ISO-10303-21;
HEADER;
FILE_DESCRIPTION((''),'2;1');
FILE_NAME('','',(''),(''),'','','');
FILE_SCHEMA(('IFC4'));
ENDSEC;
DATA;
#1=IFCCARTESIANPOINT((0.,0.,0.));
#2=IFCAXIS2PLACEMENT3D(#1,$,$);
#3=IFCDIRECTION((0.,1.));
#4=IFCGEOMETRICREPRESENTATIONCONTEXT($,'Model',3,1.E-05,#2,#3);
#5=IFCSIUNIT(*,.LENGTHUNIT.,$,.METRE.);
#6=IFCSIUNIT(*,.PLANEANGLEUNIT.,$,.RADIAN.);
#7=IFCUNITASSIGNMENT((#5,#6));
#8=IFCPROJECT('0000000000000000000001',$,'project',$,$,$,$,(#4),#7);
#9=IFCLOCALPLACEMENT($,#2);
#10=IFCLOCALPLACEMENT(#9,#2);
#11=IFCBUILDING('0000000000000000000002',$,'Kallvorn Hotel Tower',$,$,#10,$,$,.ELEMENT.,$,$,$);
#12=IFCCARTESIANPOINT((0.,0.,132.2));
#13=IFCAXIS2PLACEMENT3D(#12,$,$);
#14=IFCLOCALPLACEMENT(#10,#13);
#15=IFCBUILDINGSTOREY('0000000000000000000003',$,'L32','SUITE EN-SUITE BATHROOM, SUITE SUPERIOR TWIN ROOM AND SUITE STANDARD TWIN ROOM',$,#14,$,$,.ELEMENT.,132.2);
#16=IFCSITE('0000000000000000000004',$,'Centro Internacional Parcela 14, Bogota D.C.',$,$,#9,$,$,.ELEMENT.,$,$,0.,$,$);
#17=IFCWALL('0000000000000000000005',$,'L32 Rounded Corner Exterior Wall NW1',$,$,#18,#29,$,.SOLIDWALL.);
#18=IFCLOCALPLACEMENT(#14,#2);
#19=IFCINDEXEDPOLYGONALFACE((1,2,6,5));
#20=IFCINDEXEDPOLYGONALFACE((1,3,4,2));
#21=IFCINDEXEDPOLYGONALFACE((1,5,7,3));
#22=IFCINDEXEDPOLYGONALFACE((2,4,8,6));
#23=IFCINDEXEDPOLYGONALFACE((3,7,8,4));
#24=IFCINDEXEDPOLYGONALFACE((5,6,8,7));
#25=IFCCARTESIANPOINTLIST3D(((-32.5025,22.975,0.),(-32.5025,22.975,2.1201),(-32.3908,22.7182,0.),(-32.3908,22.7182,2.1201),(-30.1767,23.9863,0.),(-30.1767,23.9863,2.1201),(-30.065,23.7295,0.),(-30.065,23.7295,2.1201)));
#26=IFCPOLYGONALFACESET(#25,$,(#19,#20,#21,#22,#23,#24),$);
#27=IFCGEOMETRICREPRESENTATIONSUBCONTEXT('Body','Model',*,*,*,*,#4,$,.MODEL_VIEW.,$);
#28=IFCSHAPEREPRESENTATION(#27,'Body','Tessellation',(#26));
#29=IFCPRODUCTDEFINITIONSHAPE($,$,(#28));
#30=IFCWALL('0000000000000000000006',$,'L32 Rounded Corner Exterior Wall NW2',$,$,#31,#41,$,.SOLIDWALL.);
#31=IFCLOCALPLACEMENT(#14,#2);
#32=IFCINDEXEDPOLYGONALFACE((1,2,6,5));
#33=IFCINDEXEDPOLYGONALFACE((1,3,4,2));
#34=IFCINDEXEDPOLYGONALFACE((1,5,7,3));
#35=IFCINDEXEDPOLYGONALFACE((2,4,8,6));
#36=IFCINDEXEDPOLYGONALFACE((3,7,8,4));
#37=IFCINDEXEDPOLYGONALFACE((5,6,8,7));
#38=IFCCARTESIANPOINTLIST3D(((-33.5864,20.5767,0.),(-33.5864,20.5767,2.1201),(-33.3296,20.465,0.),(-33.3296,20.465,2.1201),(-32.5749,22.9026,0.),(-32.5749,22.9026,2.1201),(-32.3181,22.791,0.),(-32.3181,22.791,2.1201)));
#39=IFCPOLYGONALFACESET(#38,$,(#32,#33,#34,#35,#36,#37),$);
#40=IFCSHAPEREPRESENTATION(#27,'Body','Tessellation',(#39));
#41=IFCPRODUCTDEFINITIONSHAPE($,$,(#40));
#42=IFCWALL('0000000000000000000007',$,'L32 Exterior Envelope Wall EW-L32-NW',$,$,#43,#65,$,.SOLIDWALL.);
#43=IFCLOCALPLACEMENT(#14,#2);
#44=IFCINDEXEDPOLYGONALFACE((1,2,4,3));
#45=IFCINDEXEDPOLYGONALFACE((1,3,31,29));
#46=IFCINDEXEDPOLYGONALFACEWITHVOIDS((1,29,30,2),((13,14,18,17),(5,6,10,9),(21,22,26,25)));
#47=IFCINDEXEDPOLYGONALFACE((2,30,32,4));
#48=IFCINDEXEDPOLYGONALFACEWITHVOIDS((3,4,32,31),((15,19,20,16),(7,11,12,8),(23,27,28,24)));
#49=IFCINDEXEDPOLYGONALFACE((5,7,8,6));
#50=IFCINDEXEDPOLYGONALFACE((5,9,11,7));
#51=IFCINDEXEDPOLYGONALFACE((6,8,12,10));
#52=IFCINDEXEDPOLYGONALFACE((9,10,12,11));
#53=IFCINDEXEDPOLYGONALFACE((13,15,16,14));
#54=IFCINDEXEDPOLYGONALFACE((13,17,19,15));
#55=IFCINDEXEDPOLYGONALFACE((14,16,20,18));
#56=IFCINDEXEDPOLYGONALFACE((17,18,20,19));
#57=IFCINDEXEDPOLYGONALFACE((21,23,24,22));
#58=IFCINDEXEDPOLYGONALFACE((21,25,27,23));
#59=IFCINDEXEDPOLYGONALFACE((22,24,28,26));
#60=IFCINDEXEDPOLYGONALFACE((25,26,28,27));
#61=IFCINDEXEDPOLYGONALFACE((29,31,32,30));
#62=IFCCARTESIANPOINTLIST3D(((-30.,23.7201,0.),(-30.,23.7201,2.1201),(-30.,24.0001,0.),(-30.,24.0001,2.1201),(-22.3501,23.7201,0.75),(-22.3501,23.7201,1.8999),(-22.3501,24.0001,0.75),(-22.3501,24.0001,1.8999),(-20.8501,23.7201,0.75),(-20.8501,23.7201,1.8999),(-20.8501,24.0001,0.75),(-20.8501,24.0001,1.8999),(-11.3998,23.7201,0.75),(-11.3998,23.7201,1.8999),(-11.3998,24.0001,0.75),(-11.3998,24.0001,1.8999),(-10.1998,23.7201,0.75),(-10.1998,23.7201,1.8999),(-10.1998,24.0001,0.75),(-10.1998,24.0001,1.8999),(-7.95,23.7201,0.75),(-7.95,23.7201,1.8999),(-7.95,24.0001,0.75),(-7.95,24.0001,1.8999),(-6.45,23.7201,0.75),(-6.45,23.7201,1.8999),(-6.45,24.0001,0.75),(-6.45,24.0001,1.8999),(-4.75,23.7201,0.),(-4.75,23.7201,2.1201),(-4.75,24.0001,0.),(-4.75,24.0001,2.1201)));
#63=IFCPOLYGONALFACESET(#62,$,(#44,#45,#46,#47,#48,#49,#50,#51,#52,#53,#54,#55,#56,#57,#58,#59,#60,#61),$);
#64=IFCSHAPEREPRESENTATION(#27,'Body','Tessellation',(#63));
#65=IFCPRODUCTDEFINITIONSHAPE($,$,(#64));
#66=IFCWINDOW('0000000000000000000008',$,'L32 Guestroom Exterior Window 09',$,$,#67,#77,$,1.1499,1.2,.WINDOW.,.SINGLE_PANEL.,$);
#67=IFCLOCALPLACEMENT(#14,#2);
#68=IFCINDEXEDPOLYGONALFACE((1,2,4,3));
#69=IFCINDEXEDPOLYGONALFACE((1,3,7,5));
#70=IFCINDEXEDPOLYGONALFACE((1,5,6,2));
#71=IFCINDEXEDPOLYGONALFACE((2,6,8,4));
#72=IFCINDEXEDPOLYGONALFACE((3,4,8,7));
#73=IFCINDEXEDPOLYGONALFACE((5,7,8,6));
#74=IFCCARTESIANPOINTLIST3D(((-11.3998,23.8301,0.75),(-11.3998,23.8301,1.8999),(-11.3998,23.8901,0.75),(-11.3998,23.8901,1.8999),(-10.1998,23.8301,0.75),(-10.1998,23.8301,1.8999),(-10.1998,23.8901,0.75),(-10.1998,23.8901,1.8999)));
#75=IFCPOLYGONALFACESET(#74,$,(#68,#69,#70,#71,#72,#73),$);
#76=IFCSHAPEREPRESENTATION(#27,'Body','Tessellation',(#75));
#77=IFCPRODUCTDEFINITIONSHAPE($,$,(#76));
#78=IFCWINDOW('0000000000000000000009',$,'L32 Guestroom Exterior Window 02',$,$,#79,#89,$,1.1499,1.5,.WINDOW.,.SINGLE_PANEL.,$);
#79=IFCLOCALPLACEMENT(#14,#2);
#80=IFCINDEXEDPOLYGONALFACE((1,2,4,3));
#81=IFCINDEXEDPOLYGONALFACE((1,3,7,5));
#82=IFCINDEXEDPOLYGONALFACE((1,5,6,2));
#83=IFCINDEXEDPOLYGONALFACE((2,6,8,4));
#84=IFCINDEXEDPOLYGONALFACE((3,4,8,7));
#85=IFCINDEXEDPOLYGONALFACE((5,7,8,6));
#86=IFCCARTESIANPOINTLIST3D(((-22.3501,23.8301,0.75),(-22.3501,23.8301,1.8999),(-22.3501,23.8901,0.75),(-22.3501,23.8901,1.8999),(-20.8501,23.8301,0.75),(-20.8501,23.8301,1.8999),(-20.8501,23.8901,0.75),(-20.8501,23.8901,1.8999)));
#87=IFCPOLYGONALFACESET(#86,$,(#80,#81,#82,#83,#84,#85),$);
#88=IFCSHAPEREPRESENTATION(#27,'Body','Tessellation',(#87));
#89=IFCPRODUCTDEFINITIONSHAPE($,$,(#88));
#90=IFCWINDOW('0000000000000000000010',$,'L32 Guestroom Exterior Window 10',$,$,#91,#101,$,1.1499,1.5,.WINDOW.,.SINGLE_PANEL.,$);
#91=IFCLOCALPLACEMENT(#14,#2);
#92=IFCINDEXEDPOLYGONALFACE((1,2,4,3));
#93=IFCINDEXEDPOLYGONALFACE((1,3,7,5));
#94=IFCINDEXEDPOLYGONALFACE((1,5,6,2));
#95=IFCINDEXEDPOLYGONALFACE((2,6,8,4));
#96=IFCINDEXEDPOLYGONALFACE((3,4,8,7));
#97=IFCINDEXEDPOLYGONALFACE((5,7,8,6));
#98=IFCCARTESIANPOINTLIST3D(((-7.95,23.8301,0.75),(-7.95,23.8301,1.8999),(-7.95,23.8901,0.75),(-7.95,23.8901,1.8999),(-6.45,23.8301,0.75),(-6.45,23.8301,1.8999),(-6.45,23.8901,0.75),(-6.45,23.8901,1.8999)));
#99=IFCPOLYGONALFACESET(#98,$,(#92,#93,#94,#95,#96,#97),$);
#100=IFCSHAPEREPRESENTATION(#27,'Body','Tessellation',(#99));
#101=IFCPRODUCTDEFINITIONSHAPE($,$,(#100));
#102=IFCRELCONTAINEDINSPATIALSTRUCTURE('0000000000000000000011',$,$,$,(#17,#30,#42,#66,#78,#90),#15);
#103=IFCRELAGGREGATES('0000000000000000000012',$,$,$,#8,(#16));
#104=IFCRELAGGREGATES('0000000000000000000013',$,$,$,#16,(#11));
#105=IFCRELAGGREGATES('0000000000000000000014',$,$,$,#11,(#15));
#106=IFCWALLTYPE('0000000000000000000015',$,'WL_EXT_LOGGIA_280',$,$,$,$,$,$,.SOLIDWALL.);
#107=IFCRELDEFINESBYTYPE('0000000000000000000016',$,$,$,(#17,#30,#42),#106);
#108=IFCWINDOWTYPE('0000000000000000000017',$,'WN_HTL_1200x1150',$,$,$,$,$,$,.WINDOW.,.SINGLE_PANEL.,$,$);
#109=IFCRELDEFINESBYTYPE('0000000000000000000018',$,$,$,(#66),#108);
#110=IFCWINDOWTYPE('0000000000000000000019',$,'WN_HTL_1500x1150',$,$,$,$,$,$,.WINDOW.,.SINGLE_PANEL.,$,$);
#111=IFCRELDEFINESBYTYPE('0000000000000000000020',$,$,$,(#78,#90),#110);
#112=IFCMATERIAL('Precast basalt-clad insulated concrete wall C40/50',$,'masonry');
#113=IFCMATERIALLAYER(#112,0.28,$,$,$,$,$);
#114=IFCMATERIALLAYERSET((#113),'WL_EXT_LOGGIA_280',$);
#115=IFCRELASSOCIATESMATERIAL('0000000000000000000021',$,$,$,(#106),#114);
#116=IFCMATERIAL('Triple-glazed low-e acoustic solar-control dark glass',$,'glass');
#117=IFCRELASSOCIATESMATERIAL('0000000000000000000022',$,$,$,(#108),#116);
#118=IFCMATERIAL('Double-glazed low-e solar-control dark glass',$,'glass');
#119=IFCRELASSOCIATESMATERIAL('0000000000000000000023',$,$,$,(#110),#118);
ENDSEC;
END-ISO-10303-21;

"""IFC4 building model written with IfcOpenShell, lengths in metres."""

from ifc_helpers import new_model, si_unit, direction, frame, frame_2d, origin, place, context, subcontext, project, spatial, rectangle, extrude, material, layer, layer_set, type_object, element, fill, save


model = new_model("IFC4")

# Units and contexts
model_context = context("Model", 3, precision=1e-05, world=origin(), true_north=direction((0.0, 1.0)))
body_context = subcontext(model_context, "Body", "Model", "MODEL_VIEW")
ifc_project = project(units=[si_unit("LENGTHUNIT", "METRE"), si_unit("PLANEANGLEUNIT", "RADIAN")], contexts=[model_context])

# Site, building, storey
site_placement = place(None, origin())
site = spatial("IfcSite", under=ifc_project, at=site_placement, Name="Centro Internacional Parcela 14, Bogota D.C.", CompositionType="ELEMENT", RefElevation=0.0)
building_placement = place(site_placement, origin())
building = spatial("IfcBuilding", under=site, at=building_placement, Name="Kallvorn Hotel Tower", CompositionType="ELEMENT")
storey_placement = place(building_placement, frame((0.0, 0.0, 132.2)))
storey = spatial("IfcBuildingStorey", under=building, at=storey_placement, Name="L32", Description="SUITE EN-SUITE BATHROOM, SUITE SUPERIOR TWIN ROOM AND SUITE STANDARD TWIN ROOM", CompositionType="ELEMENT", Elevation=132.2)

# Walls
ifc_material_1 = material(Name="Precast basalt-clad insulated concrete wall C40/50", Category="masonry")
ifc_layer_1 = layer(ifc_material_1, 0.28)
ifc_layer_set_1 = layer_set([ifc_layer_1], Name="WL_EXT_LOGGIA_280")
wall_type = type_object("IfcWallType", Name="WL_EXT_LOGGIA_280", PredefinedType="SOLIDWALL", material=ifc_layer_set_1)
wall_1_placement = place(storey_placement, frame((-30.1208, 23.8579, 0.0), z_axis=(0.0, 0.0, 1.0), x_axis=(-0.917061, -0.398747, 0.0)))
element("IfcWall", 1, at=wall_1_placement, inside=storey, type_object=wall_type, Name="L32 Rounded Corner Exterior Wall NW1", PredefinedType="SOLIDWALL", context=body_context, shape_type="SweptSolid", body=[
    extrude(rectangle(XDim=2.5361, YDim=0.28, at=frame_2d((1.2681, 0.0))), origin(), (0.0, 0.0, 1.0), 2.1201),
])
wall_2_placement = place(storey_placement, frame((-32.4465, 22.8467, 0.0), z_axis=(0.0, 0.0, 1.0), x_axis=(-0.398793, -0.917041, 0.0)))
element("IfcWall", 2, at=wall_2_placement, inside=storey, type_object=wall_type, Name="L32 Rounded Corner Exterior Wall NW2", PredefinedType="SOLIDWALL", context=body_context, shape_type="SweptSolid", body=[
    extrude(rectangle(XDim=2.5364, YDim=0.28, at=frame_2d((1.2681, 0.0))), origin(), (0.0, 0.0, 1.0), 2.1201),
])

# Wall, openings, windows
wall_3_placement = place(storey_placement, frame((-30.0, 23.8601, 0.0), z_axis=(0.0, 0.0, 1.0), x_axis=(1.0, 0.0, 0.0)))
wall_3 = element("IfcWall", 3, at=wall_3_placement, inside=storey, type_object=wall_type, Name="L32 Exterior Envelope Wall EW-L32-NW", PredefinedType="SOLIDWALL", context=body_context, shape_type="SweptSolid", body=[
    extrude(rectangle(XDim=25.25, YDim=0.28, at=frame_2d((12.625, 0.0))), origin(), (0.0, 0.0, 1.0), 2.1201),
])
opening_1_placement = place(wall_3_placement, frame((7.6499, 0.0, 0.75)))
opening_1 = element("IfcOpeningElement", 4, at=opening_1_placement, cuts=wall_3, PredefinedType="OPENING", context=body_context, shape_type="SweptSolid", body=[
    extrude(rectangle(XDim=1.5, YDim=1.1499, at=frame_2d((0.75, 0.575))), frame((0.0, 0.155, 0.0), z_axis=(0.0, -1.0, 0.0), x_axis=(1.0, 0.0, 0.0)), (0.0, 0.0, 1.0), 0.3101),
])
opening_2_placement = place(wall_3_placement, frame((18.6001, 0.0, 0.75)))
opening_2 = element("IfcOpeningElement", 5, at=opening_2_placement, cuts=wall_3, PredefinedType="OPENING", context=body_context, shape_type="SweptSolid", body=[
    extrude(rectangle(XDim=1.2, YDim=1.1499, at=frame_2d((0.6001, 0.575))), frame((0.0, 0.155, 0.0), z_axis=(0.0, -1.0, 0.0), x_axis=(1.0, 0.0, 0.0)), (0.0, 0.0, 1.0), 0.3101),
])
opening_3_placement = place(wall_3_placement, frame((22.05, 0.0, 0.75)))
opening_3 = element("IfcOpeningElement", 6, at=opening_3_placement, cuts=wall_3, PredefinedType="OPENING", context=body_context, shape_type="SweptSolid", body=[
    extrude(rectangle(XDim=1.5, YDim=1.1499, at=frame_2d((0.75, 0.575))), frame((0.0, 0.155, 0.0), z_axis=(0.0, -1.0, 0.0), x_axis=(1.0, 0.0, 0.0)), (0.0, 0.0, 1.0), 0.3101),
])
ifc_material_2 = material(Name="Triple-glazed low-e acoustic solar-control dark glass", Category="glass")
window_type_1 = type_object("IfcWindowType", Name="WN_HTL_1200x1150", PartitioningType="SINGLE_PANEL", PredefinedType="WINDOW", material=ifc_material_2)
window_1_placement = place(opening_2_placement, origin())
window_1 = element("IfcWindow", 7, at=window_1_placement, inside=storey, type_object=window_type_1, Name="L32 Guestroom Exterior Window 09", OverallHeight=1.1499, OverallWidth=1.2, PartitioningType="SINGLE_PANEL", PredefinedType="WINDOW", context=body_context, shape_type="SweptSolid", body=[
    extrude(rectangle(XDim=1.2, YDim=1.1499, at=frame_2d((0.6001, 0.575))), frame((0.0, 0.03, 0.0), z_axis=(0.0, -1.0, 0.0), x_axis=(1.0, 0.0, 0.0)), (0.0, 0.0, 1.0), 0.0601),
])
fill(opening_2, window_1)
ifc_material_3 = material(Name="Double-glazed low-e solar-control dark glass", Category="glass")
window_type_2 = type_object("IfcWindowType", Name="WN_HTL_1500x1150", PartitioningType="SINGLE_PANEL", PredefinedType="WINDOW", material=ifc_material_3)
window_2_placement = place(opening_1_placement, origin())
window_2 = element("IfcWindow", 8, at=window_2_placement, inside=storey, type_object=window_type_2, Name="L32 Guestroom Exterior Window 02", OverallHeight=1.1499, OverallWidth=1.5, PartitioningType="SINGLE_PANEL", PredefinedType="WINDOW", context=body_context, shape_type="SweptSolid", body=[
    extrude(rectangle(XDim=1.5, YDim=1.1499, at=frame_2d((0.75, 0.575))), frame((0.0, 0.03, 0.0), z_axis=(0.0, -1.0, 0.0), x_axis=(1.0, 0.0, 0.0)), (0.0, 0.0, 1.0), 0.0601),
])
fill(opening_1, window_2)
window_3_placement = place(opening_3_placement, origin())
window_3 = element("IfcWindow", 9, at=window_3_placement, inside=storey, type_object=window_type_2, Name="L32 Guestroom Exterior Window 10", OverallHeight=1.1499, OverallWidth=1.5, PartitioningType="SINGLE_PANEL", PredefinedType="WINDOW", context=body_context, shape_type="SweptSolid", body=[
    extrude(rectangle(XDim=1.5, YDim=1.1499, at=frame_2d((0.75, 0.575))), frame((0.0, 0.03, 0.0), z_axis=(0.0, -1.0, 0.0), x_axis=(1.0, 0.0, 0.0)), (0.0, 0.0, 1.0), 0.0601),
])
fill(opening_3, window_3)

save(model, "model.ifc")
